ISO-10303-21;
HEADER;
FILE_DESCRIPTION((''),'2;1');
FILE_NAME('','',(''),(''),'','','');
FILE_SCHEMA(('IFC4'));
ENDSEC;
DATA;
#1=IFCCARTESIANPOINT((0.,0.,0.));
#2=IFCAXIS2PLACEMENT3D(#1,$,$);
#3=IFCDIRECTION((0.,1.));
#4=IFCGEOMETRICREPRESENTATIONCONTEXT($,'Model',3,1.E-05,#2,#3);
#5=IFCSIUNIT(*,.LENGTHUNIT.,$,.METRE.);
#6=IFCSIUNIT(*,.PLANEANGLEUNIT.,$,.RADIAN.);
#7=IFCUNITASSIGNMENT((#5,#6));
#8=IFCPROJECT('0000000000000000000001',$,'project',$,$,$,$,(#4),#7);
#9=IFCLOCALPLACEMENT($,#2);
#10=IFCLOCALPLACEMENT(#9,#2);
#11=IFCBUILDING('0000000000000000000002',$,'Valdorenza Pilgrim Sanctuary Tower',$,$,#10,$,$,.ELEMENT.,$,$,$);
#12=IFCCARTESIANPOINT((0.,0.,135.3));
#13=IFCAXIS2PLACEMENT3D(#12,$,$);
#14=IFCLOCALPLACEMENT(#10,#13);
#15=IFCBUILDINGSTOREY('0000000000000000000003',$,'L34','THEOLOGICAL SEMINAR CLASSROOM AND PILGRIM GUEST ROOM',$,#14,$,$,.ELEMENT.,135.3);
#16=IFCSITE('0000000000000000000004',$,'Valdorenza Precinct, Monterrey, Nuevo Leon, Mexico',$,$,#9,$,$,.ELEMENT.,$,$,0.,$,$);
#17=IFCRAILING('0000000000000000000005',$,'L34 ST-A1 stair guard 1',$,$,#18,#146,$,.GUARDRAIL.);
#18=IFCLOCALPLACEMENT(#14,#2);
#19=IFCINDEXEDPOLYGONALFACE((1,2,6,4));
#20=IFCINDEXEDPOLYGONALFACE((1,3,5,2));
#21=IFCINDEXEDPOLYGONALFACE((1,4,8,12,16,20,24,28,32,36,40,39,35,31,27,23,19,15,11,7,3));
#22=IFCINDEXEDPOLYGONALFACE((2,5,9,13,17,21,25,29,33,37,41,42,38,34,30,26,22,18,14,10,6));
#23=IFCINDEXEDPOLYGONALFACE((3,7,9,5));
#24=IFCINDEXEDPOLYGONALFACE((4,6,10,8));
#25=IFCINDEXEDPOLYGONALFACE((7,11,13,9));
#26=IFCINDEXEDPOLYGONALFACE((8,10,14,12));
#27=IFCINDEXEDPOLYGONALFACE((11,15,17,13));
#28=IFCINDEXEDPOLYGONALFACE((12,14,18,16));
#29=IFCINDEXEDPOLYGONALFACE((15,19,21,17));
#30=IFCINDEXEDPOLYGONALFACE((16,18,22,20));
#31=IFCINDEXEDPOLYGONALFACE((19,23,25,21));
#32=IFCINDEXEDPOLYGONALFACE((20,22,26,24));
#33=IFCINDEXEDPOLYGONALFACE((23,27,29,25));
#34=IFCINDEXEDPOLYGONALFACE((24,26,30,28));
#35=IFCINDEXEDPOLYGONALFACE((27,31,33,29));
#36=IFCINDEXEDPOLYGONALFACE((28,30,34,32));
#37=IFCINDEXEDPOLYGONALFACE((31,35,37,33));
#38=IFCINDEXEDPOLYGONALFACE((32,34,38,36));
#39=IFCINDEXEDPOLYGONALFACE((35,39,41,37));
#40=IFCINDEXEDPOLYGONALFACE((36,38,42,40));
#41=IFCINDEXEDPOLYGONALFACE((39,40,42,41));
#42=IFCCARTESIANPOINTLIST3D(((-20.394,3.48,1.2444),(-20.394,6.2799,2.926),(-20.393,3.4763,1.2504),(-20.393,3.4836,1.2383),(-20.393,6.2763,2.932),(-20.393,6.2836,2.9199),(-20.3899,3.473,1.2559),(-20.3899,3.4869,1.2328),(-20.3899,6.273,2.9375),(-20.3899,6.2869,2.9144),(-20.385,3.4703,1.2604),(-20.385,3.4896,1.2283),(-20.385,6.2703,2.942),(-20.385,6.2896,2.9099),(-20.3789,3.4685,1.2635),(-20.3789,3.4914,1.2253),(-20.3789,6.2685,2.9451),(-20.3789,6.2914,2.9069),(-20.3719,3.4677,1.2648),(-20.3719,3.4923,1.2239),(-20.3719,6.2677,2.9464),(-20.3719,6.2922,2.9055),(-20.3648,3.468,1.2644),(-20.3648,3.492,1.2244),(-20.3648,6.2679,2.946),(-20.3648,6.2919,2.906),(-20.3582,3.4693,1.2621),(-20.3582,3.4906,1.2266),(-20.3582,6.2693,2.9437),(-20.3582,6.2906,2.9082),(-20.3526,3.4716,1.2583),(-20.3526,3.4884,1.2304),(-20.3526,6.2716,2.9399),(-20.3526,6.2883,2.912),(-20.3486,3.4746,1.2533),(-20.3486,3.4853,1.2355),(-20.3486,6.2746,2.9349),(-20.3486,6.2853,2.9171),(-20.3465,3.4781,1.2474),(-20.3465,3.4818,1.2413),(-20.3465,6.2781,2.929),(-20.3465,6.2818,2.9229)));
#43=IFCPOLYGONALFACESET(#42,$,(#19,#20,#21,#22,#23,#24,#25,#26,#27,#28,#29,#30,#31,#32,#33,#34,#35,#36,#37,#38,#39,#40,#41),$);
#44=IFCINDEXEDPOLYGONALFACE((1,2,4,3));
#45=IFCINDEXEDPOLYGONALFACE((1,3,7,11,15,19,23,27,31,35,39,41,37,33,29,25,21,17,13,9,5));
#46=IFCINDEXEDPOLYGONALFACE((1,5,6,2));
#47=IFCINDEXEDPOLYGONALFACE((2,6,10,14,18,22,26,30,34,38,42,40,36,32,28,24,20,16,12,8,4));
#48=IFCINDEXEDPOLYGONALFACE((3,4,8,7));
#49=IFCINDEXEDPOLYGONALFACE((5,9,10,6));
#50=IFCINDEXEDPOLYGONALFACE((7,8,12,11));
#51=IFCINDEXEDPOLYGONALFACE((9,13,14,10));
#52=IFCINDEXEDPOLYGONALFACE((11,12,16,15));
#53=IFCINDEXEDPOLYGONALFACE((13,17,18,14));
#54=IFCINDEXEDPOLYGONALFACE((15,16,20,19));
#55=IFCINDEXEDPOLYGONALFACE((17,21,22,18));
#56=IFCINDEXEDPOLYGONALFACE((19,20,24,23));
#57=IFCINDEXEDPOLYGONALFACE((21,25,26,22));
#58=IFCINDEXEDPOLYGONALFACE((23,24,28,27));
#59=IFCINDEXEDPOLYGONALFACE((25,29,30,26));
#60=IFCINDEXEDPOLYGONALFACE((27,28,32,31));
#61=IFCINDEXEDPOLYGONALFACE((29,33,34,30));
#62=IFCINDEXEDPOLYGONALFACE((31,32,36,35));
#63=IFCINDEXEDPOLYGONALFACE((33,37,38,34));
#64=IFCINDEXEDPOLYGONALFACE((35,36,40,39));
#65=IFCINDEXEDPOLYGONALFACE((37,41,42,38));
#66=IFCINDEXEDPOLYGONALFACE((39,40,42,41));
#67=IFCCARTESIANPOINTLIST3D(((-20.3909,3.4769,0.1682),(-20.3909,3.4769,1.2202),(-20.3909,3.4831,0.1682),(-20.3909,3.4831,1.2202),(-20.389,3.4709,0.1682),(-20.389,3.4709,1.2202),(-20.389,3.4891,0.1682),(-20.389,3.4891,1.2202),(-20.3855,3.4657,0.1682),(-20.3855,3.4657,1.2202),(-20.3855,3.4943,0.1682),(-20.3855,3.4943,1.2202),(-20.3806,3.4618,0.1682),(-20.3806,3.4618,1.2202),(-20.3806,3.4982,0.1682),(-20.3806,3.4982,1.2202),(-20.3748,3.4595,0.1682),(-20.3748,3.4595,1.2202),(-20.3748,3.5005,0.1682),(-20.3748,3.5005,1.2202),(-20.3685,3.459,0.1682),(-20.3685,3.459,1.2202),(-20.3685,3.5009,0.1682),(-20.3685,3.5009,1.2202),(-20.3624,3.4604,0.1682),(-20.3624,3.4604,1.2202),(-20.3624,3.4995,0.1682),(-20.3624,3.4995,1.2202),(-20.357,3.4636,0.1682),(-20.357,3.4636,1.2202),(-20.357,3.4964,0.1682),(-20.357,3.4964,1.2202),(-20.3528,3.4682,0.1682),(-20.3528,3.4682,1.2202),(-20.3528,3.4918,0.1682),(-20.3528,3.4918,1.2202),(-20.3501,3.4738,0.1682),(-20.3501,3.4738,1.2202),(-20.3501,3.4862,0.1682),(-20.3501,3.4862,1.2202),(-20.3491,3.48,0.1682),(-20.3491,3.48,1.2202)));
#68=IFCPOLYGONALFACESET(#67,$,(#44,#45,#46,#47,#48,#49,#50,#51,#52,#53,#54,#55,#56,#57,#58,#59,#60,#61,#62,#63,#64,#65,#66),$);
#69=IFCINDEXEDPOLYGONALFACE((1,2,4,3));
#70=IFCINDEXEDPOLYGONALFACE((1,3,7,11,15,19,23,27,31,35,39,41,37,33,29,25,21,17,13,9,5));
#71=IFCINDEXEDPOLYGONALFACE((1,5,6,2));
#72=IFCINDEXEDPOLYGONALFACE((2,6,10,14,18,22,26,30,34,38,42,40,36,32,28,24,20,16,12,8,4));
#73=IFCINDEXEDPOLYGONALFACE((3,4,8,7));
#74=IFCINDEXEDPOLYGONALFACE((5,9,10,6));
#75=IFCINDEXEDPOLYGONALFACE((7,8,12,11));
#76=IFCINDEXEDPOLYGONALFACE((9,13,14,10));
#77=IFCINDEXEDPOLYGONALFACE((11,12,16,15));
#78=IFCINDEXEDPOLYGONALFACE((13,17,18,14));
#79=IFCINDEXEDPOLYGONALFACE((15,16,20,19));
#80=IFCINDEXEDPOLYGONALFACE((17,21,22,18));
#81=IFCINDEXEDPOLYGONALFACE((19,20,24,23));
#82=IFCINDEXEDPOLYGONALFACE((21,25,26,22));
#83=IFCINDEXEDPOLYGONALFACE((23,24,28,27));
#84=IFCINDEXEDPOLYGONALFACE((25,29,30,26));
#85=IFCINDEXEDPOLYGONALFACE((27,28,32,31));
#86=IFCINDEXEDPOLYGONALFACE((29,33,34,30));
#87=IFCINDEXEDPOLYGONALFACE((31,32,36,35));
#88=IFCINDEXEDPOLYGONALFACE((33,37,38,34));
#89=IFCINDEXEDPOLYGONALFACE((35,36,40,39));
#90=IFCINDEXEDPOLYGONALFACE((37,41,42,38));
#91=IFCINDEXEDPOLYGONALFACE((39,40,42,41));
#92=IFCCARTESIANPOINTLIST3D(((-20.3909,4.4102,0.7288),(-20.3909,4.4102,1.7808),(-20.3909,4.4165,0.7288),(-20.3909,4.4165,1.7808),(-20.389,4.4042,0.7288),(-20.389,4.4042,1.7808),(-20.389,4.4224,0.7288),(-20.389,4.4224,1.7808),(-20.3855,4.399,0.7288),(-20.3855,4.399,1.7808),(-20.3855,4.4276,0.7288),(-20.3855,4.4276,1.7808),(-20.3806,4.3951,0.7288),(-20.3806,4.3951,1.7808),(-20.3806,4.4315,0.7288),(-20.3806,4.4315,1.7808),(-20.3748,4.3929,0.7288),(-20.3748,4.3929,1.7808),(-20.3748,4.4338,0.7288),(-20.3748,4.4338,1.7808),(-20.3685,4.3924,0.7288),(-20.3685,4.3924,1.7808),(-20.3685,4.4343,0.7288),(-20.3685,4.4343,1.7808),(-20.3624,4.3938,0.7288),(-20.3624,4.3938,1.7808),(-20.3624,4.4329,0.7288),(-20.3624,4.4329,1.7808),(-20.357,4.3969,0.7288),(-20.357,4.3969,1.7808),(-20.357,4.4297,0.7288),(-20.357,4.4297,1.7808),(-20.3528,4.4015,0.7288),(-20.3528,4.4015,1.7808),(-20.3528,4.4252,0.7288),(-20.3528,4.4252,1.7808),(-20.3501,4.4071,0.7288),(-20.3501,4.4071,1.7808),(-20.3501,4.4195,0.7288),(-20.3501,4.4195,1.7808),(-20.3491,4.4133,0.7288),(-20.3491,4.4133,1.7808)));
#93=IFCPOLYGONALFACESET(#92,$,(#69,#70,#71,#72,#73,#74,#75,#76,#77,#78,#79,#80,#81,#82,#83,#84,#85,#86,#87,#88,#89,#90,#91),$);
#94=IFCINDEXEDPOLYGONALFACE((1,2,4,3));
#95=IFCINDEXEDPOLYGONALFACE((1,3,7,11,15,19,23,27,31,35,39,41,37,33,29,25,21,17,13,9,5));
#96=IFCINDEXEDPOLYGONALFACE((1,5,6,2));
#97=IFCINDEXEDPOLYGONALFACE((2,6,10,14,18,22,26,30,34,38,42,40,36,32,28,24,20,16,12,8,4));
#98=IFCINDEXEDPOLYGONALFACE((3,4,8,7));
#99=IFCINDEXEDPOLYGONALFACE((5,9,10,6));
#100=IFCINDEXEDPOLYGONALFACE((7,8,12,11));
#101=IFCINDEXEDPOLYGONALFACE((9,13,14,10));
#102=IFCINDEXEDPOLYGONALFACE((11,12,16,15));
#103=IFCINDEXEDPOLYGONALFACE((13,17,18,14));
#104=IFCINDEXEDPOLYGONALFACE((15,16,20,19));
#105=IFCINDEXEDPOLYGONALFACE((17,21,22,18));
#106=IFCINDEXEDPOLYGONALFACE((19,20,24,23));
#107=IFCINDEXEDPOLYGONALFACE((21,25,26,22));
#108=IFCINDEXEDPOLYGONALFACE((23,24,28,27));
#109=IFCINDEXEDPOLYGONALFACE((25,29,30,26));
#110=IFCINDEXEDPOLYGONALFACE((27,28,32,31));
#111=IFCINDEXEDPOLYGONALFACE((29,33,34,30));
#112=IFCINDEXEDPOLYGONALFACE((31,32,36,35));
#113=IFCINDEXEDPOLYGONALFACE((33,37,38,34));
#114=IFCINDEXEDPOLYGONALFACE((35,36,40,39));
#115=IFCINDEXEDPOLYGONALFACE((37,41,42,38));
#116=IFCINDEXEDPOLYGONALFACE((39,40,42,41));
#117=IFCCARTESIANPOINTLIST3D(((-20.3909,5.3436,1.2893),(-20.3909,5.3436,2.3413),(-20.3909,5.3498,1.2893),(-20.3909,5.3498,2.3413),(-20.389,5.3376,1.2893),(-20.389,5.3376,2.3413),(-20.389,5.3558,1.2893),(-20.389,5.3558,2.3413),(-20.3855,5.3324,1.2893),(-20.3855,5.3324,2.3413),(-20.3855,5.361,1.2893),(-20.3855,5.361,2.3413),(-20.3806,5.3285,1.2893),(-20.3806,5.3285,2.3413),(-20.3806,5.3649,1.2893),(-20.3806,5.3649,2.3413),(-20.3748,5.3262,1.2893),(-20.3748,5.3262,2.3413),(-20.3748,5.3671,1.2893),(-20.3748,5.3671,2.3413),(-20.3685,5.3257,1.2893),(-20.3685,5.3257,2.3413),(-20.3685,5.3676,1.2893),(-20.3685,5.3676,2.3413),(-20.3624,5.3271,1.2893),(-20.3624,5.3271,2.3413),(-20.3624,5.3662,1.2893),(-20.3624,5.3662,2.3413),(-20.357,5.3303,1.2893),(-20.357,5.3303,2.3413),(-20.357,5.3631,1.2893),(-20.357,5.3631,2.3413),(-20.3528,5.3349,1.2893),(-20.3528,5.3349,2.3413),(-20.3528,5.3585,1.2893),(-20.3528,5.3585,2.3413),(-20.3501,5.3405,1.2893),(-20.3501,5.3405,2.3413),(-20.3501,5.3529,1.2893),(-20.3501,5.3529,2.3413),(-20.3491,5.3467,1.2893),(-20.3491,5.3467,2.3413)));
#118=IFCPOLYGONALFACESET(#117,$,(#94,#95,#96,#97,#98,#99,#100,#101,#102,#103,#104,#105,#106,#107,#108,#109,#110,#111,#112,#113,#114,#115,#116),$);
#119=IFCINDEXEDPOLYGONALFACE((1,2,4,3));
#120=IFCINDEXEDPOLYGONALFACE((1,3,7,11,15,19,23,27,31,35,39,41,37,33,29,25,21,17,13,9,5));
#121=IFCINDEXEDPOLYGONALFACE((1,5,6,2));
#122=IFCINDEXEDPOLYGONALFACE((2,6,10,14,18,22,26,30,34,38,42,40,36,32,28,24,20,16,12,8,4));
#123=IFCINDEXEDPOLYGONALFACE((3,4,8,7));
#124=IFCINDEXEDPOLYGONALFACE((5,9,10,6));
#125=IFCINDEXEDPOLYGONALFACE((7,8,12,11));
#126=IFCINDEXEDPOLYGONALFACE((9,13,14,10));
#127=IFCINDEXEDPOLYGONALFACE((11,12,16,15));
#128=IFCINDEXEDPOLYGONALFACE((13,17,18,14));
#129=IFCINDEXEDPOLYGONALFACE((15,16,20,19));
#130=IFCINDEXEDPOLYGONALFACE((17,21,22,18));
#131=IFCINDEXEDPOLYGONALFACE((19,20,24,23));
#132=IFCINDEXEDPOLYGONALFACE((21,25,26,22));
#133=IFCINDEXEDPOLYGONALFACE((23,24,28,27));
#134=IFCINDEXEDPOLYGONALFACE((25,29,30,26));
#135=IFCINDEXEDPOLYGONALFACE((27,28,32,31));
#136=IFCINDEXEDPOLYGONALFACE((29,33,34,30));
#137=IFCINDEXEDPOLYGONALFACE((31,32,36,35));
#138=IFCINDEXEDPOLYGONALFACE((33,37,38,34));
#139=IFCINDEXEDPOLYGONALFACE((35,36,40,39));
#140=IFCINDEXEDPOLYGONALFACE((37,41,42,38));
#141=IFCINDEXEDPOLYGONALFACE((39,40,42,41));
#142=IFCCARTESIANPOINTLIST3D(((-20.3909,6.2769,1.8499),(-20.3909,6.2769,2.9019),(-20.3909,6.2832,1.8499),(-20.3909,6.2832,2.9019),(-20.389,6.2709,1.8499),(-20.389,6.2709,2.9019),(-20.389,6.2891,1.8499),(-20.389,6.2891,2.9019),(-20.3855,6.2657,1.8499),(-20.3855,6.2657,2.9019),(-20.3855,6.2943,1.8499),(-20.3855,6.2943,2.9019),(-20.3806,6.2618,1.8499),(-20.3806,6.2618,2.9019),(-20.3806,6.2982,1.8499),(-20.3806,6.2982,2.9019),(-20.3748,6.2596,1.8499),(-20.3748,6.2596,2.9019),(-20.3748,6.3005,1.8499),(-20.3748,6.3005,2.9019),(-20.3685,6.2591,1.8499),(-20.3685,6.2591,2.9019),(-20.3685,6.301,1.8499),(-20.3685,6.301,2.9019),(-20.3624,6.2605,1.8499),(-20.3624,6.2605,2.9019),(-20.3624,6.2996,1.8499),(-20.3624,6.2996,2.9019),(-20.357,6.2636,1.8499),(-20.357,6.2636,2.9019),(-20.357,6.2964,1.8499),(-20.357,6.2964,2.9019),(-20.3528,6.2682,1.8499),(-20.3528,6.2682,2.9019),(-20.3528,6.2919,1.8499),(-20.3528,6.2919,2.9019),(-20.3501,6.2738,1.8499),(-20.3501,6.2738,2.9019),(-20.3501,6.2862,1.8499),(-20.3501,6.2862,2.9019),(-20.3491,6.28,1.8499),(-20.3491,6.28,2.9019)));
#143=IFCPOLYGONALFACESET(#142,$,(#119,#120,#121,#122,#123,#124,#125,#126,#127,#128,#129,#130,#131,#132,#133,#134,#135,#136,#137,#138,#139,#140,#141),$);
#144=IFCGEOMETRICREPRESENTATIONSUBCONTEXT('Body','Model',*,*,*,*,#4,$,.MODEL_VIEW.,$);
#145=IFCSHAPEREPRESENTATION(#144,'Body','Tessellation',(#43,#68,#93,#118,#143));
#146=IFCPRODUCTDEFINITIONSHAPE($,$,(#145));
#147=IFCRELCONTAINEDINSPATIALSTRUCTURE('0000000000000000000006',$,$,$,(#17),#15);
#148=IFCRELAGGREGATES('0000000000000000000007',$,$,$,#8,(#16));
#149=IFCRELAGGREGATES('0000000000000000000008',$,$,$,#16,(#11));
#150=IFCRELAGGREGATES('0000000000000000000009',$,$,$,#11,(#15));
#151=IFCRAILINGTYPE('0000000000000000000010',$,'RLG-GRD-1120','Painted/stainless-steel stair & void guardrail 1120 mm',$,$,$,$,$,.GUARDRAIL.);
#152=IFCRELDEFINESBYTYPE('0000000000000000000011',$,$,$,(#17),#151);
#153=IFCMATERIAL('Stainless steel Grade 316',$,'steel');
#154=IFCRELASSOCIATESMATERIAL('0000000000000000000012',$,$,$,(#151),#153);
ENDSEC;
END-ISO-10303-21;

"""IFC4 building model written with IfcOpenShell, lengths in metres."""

from ifc_helpers import new_model, si_unit, direction, frame, origin, origin_2d, place, context, subcontext, project, spatial, circle, extrude, material, type_object, element, save


model = new_model("IFC4")

# Units and contexts
model_context = context("Model", 3, precision=1e-05, world=origin(), true_north=direction((0.0, 1.0)))
body_context = subcontext(model_context, "Body", "Model", "MODEL_VIEW")
ifc_project = project(units=[si_unit("LENGTHUNIT", "METRE"), si_unit("PLANEANGLEUNIT", "RADIAN")], contexts=[model_context])

# Site, building, storey
site_placement = place(None, origin())
site = spatial("IfcSite", under=ifc_project, at=site_placement, Name="Valdorenza Precinct, Monterrey, Nuevo Leon, Mexico", CompositionType="ELEMENT", RefElevation=0.0)
building_placement = place(site_placement, origin())
building = spatial("IfcBuilding", under=site, at=building_placement, Name="Valdorenza Pilgrim Sanctuary Tower", CompositionType="ELEMENT")
storey_placement = place(building_placement, frame((0.0, 0.0, 135.3)))
storey = spatial("IfcBuildingStorey", under=building, at=storey_placement, Name="L34", Description="THEOLOGICAL SEMINAR CLASSROOM AND PILGRIM GUEST ROOM", CompositionType="ELEMENT", Elevation=135.3)

# Railing
ifc_material_1 = material(Name="Stainless steel Grade 316", Category="steel")
railing_type_1 = type_object("IfcRailingType", Name="RLG-GRD-1120", Description="Painted/stainless-steel stair & void guardrail 1120 mm", PredefinedType="GUARDRAIL", material=ifc_material_1)
railing_1_placement = place(storey_placement, frame((-20.3701, 3.48, 0.1682)))
element("IfcRailing", 1, at=railing_1_placement, inside=storey, type_object=railing_type_1, Name="L34 ST-A1 stair guard 1", PredefinedType="GUARDRAIL", context=body_context, shape_type="SweptSolid", body=[
    extrude(circle(Radius=0.0239, at=origin_2d()), frame((0.0, 0.0, 1.0762), z_axis=(0.0, 0.857275, 0.514858), x_axis=(-1.0, 0.0, 0.0)), (0.0, 0.0, 1.0), 3.2661),
    extrude(circle(Radius=0.021, at=origin_2d()), origin(), (0.0, 0.0, 1.0), 1.052),
    extrude(circle(Radius=0.021, at=origin_2d()), frame((0.0, 0.9333, 0.5605)), (0.0, 0.0, 1.0), 1.052),
    extrude(circle(Radius=0.021, at=origin_2d()), frame((0.0, 1.8667, 1.1211)), (0.0, 0.0, 1.0), 1.052),
    extrude(circle(Radius=0.021, at=origin_2d()), frame((0.0, 2.8, 1.6816)), (0.0, 0.0, 1.0), 1.052),
])

save(model, "model.ifc")
